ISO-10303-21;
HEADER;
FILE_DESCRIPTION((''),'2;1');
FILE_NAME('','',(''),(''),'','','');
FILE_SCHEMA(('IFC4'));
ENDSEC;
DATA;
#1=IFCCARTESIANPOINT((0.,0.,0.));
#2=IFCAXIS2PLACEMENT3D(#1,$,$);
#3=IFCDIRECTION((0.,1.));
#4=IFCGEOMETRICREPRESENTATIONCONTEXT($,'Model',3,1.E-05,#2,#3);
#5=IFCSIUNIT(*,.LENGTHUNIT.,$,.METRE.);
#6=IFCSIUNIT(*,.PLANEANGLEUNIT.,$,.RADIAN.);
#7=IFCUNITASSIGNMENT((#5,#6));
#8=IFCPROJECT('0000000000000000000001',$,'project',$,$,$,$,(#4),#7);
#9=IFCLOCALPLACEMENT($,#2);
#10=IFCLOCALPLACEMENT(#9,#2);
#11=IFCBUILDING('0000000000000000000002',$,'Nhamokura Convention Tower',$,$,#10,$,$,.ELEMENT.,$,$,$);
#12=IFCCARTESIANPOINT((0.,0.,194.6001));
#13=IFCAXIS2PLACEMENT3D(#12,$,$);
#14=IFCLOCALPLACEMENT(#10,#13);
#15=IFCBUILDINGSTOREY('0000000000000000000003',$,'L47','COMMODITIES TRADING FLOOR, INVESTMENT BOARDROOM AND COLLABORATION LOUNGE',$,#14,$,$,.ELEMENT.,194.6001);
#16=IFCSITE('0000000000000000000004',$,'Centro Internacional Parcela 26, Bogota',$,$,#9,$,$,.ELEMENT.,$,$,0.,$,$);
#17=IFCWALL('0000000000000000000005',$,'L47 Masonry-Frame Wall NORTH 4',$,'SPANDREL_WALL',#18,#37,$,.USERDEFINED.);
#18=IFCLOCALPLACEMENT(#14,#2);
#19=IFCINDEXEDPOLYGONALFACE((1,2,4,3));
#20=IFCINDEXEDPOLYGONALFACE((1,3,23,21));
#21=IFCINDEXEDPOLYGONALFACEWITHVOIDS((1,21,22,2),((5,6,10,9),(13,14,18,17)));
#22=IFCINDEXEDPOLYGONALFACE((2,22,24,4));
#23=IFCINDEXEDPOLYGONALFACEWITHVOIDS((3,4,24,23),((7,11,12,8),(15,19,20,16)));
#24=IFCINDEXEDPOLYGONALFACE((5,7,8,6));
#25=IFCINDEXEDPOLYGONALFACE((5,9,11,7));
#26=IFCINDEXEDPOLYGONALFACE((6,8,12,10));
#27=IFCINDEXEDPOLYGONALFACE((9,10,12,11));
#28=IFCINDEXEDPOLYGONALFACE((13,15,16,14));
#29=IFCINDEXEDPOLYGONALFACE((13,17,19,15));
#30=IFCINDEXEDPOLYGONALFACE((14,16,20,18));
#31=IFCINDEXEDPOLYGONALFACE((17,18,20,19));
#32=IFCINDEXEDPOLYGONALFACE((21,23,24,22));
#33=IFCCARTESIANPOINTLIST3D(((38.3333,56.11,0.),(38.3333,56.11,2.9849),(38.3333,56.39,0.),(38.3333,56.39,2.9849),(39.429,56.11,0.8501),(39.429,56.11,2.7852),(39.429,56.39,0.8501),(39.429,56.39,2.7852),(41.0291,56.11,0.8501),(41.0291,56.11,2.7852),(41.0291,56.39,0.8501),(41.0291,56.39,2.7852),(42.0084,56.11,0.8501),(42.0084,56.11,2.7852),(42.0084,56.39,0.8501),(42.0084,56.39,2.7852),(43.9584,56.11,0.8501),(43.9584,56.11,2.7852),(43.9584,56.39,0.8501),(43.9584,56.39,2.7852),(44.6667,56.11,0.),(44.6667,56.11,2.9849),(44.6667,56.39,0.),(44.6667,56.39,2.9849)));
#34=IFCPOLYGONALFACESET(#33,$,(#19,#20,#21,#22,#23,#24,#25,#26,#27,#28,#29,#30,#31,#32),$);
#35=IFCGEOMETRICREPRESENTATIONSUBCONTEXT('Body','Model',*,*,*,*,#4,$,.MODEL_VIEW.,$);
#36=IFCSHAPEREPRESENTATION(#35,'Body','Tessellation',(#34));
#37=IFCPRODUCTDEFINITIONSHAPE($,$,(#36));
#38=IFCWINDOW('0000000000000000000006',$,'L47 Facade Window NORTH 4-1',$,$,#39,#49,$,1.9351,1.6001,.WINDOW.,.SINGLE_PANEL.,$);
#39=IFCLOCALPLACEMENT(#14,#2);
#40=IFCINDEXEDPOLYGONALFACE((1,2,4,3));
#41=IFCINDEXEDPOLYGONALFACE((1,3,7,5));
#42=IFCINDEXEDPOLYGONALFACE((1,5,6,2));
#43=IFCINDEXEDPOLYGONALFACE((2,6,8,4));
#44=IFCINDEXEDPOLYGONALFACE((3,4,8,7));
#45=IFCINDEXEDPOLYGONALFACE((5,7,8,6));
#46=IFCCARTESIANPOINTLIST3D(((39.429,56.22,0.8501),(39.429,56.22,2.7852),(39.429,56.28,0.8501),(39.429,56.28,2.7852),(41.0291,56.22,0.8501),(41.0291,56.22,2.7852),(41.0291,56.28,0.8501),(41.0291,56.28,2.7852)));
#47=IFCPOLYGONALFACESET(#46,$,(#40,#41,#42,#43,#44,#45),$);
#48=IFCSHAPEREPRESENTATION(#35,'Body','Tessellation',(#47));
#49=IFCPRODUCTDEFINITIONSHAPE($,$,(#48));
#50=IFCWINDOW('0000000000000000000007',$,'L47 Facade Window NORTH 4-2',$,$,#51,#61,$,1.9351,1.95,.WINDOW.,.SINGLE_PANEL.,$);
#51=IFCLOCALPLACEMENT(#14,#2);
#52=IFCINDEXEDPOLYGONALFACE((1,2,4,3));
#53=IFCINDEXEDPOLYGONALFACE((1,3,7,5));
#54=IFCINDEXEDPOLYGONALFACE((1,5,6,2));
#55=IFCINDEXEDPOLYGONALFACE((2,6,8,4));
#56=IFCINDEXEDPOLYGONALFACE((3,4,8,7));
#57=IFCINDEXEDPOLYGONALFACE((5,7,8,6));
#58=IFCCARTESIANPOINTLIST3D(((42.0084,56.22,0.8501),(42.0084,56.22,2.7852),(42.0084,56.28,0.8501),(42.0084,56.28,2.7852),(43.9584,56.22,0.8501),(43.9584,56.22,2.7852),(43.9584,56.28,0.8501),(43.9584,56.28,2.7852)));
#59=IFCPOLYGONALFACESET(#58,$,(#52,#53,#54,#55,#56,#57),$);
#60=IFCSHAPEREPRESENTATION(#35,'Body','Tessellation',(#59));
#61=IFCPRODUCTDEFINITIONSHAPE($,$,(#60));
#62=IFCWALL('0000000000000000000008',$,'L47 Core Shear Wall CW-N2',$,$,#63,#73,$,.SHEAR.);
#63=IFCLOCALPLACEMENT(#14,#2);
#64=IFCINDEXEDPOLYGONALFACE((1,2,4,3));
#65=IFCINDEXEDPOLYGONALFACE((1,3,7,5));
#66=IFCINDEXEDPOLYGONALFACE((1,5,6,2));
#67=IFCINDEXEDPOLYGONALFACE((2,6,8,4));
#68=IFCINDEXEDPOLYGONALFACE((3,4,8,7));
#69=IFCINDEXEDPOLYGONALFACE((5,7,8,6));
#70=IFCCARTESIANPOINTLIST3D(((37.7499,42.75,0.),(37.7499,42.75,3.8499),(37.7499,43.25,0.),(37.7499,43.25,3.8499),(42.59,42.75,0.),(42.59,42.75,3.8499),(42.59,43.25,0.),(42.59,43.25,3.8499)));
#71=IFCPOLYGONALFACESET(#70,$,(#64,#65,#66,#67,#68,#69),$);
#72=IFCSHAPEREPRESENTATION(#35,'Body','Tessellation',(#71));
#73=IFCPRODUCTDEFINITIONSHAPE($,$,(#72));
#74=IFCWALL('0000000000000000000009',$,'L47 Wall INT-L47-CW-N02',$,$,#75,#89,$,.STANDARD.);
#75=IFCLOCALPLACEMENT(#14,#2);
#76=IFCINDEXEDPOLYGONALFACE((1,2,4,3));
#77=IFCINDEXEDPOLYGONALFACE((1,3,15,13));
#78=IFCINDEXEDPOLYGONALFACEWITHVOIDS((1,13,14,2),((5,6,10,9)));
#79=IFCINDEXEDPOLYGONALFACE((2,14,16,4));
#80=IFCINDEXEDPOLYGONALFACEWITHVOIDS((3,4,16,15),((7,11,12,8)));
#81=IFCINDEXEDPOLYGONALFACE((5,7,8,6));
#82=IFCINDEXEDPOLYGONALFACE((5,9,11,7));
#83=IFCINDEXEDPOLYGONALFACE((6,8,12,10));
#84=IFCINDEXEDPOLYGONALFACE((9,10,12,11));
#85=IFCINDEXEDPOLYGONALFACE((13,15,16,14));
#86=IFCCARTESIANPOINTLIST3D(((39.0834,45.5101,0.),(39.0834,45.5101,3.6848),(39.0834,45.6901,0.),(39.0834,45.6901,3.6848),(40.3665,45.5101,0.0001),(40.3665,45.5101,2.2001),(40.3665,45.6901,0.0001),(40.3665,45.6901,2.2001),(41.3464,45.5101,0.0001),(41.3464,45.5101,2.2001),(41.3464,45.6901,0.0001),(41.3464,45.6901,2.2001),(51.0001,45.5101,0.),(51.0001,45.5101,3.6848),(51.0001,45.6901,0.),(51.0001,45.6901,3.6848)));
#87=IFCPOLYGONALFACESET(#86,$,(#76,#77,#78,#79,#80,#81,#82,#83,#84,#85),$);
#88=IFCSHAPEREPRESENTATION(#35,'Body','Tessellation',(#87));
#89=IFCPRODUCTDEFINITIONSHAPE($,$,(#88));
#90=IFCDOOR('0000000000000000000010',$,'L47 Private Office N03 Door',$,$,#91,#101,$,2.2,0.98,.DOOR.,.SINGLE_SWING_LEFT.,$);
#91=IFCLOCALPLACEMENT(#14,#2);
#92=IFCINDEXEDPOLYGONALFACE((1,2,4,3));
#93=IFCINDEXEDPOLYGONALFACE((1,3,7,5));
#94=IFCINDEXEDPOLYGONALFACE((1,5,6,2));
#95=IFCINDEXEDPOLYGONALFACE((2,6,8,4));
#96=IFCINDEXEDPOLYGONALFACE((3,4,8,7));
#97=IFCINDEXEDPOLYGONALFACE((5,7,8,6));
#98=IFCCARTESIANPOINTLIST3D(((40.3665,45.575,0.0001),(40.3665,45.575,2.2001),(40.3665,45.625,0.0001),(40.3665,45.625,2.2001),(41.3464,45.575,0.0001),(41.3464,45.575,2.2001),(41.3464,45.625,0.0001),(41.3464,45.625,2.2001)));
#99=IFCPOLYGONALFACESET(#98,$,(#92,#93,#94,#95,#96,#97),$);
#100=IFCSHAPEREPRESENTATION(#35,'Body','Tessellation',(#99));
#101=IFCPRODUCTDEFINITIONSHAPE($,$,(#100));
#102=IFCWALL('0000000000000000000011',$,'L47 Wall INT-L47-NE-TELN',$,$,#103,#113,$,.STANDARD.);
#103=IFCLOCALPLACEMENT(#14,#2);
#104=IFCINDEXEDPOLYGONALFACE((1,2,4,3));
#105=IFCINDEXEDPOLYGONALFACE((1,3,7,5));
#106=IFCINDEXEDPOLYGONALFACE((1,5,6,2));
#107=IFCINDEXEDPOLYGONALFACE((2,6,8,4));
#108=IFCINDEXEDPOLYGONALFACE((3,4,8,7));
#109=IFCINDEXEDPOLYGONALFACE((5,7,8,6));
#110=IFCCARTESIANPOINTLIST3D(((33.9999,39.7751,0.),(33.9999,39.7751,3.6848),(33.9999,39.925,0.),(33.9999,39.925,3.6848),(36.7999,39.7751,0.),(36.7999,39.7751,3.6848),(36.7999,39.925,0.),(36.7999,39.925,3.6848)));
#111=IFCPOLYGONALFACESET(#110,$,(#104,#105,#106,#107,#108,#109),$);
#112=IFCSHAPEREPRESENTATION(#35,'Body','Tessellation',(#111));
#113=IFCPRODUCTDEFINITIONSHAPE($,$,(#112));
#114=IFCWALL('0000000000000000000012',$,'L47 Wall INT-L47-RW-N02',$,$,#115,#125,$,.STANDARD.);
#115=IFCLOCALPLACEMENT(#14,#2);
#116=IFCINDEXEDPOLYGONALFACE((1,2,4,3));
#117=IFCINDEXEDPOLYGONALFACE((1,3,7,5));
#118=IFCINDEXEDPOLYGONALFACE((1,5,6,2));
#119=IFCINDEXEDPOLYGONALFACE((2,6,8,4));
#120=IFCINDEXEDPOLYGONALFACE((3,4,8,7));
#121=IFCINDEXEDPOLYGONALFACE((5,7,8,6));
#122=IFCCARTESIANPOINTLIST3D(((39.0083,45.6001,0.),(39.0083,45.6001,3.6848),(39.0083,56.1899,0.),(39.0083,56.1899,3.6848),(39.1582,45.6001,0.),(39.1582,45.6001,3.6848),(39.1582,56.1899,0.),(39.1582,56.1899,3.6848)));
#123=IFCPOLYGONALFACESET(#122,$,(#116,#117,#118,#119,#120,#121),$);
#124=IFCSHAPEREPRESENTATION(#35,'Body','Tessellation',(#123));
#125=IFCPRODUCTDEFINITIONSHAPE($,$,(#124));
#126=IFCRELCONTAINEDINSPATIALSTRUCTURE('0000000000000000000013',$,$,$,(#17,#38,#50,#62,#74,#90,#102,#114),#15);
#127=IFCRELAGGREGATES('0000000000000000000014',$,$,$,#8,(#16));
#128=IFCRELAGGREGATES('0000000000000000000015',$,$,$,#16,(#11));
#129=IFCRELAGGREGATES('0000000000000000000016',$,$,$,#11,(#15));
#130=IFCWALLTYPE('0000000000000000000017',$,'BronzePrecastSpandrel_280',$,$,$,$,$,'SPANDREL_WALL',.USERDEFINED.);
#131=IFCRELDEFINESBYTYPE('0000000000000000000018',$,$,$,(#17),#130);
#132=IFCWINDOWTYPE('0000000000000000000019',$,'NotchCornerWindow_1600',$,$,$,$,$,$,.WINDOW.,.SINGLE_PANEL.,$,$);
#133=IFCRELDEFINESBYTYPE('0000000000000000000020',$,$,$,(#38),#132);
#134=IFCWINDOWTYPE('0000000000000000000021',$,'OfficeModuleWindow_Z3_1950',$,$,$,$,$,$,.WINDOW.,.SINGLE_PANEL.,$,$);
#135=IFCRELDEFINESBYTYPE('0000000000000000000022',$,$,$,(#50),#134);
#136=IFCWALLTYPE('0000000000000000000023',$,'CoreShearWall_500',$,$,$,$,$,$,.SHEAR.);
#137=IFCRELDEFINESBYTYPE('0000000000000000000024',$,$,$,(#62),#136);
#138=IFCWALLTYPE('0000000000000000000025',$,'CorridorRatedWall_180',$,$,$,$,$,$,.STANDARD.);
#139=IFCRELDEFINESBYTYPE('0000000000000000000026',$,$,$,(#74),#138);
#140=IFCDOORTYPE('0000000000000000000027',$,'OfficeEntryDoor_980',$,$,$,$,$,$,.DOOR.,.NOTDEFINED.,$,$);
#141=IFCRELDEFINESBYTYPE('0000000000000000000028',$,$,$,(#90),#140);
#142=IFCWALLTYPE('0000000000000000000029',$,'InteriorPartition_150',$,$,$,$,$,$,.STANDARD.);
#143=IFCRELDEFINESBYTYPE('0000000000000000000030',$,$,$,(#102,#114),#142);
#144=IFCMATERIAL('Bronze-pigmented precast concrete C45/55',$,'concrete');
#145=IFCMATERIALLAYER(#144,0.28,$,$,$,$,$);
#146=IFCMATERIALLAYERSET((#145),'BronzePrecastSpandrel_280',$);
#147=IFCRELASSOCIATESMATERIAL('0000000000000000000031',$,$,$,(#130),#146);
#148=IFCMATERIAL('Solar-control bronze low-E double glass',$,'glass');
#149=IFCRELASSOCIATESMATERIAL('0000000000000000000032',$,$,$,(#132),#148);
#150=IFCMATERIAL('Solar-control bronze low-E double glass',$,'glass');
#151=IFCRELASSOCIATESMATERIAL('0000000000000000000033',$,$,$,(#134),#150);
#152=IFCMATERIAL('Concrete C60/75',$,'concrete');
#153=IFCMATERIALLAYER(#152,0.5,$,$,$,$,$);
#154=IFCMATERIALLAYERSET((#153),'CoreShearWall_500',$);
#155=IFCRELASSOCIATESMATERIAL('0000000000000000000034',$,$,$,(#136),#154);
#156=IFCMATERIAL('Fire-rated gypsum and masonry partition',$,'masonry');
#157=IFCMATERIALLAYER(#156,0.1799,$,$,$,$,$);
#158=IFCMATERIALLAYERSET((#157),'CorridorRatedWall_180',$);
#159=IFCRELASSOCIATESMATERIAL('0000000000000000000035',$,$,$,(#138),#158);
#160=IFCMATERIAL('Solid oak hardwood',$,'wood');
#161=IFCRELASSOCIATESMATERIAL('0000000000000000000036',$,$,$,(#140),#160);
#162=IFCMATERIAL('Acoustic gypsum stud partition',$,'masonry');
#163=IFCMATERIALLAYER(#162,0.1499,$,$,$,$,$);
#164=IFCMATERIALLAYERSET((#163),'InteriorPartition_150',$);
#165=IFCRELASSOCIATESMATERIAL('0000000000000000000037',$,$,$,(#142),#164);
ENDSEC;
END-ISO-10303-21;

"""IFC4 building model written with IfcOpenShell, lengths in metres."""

from ifc_helpers import new_model, si_unit, direction, frame, frame_2d, origin, place, context, subcontext, project, spatial, rectangle, extrude, material, layer, layer_set, type_object, element, fill, save


model = new_model("IFC4")

# Units and contexts
model_context = context("Model", 3, precision=1e-05, world=origin(), true_north=direction((0.0, 1.0)))
body_context = subcontext(model_context, "Body", "Model", "MODEL_VIEW")
ifc_project = project(units=[si_unit("LENGTHUNIT", "METRE"), si_unit("PLANEANGLEUNIT", "RADIAN")], contexts=[model_context])

# Site, building, storey
site_placement = place(None, origin())
site = spatial("IfcSite", under=ifc_project, at=site_placement, Name="Centro Internacional Parcela 26, Bogota", CompositionType="ELEMENT", RefElevation=0.0)
building_placement = place(site_placement, origin())
building = spatial("IfcBuilding", under=site, at=building_placement, Name="Nhamokura Convention Tower", CompositionType="ELEMENT")
storey_placement = place(building_placement, frame((0.0, 0.0, 194.6001)))
storey = spatial("IfcBuildingStorey", under=building, at=storey_placement, Name="L47", Description="COMMODITIES TRADING FLOOR, INVESTMENT BOARDROOM AND COLLABORATION LOUNGE", CompositionType="ELEMENT", Elevation=194.6001)

# Shared definitions
ifc_material_1 = material(Name="Bronze-pigmented precast concrete C45/55", Category="concrete")
ifc_layer_1 = layer(ifc_material_1, 0.28)
ifc_layer_set_1 = layer_set([ifc_layer_1], Name="BronzePrecastSpandrel_280")
wall_type_1 = type_object("IfcWallType", Name="BronzePrecastSpandrel_280", ElementType="SPANDREL_WALL", PredefinedType="USERDEFINED", material=ifc_layer_set_1)

# Wall, openings, windows
wall_1_placement = place(storey_placement, frame((38.3333, 56.25, 0.0), z_axis=(0.0, 0.0, 1.0), x_axis=(1.0, 0.0, 0.0)))
wall_1 = element("IfcWall", 1, at=wall_1_placement, inside=storey, type_object=wall_type_1, Name="L47 Masonry-Frame Wall NORTH 4", ObjectType="SPANDREL_WALL", PredefinedType="USERDEFINED", context=body_context, shape_type="SweptSolid", body=[
    extrude(rectangle(XDim=6.3335, YDim=0.28, at=frame_2d((3.1667, 0.0))), origin(), (0.0, 0.0, 1.0), 2.9849),
])
opening_1_placement = place(wall_1_placement, frame((1.0957, 0.0, 0.8501)))
opening_1 = element("IfcOpeningElement", 2, at=opening_1_placement, cuts=wall_1, PredefinedType="OPENING", context=body_context, shape_type="SweptSolid", body=[
    extrude(rectangle(XDim=1.6001, YDim=1.9351, at=frame_2d((0.8, 0.9675))), frame((0.0, 0.1499, 0.0), z_axis=(0.0, -1.0, 0.0), x_axis=(1.0, 0.0, 0.0)), (0.0, 0.0, 1.0), 0.3),
])
opening_2_placement = place(wall_1_placement, frame((3.675, 0.0, 0.8501)))
opening_2 = element("IfcOpeningElement", 3, at=opening_2_placement, cuts=wall_1, PredefinedType="OPENING", context=body_context, shape_type="SweptSolid", body=[
    extrude(rectangle(XDim=1.95, YDim=1.9351, at=frame_2d((0.9751, 0.9675))), frame((0.0, 0.1499, 0.0), z_axis=(0.0, -1.0, 0.0), x_axis=(1.0, 0.0, 0.0)), (0.0, 0.0, 1.0), 0.3),
])
ifc_material_2 = material(Name="Solar-control bronze low-E double glass", Category="glass")
window_type_1 = type_object("IfcWindowType", Name="NotchCornerWindow_1600", PartitioningType="SINGLE_PANEL", PredefinedType="WINDOW", material=ifc_material_2)
window_1_placement = place(opening_1_placement, origin())
window_1 = element("IfcWindow", 4, at=window_1_placement, inside=storey, type_object=window_type_1, Name="L47 Facade Window NORTH 4-1", OverallHeight=1.9351, OverallWidth=1.6001, PartitioningType="SINGLE_PANEL", PredefinedType="WINDOW", context=body_context, shape_type="SweptSolid", body=[
    extrude(rectangle(XDim=1.6001, YDim=1.9351, at=frame_2d((0.8, 0.9675))), frame((0.0, 0.03, 0.0), z_axis=(0.0, -1.0, 0.0), x_axis=(1.0, 0.0, 0.0)), (0.0, 0.0, 1.0), 0.0601),
])
fill(opening_1, window_1)
ifc_material_3 = material(Name="Solar-control bronze low-E double glass", Category="glass")
window_type_2 = type_object("IfcWindowType", Name="OfficeModuleWindow_Z3_1950", PartitioningType="SINGLE_PANEL", PredefinedType="WINDOW", material=ifc_material_3)
window_2_placement = place(opening_2_placement, origin())
window_2 = element("IfcWindow", 5, at=window_2_placement, inside=storey, type_object=window_type_2, Name="L47 Facade Window NORTH 4-2", OverallHeight=1.9351, OverallWidth=1.95, PartitioningType="SINGLE_PANEL", PredefinedType="WINDOW", context=body_context, shape_type="SweptSolid", body=[
    extrude(rectangle(XDim=1.95, YDim=1.9351, at=frame_2d((0.9751, 0.9675))), frame((0.0, 0.03, 0.0), z_axis=(0.0, -1.0, 0.0), x_axis=(1.0, 0.0, 0.0)), (0.0, 0.0, 1.0), 0.0601),
])
fill(opening_2, window_2)

# Wall
ifc_material_4 = material(Name="Concrete C60/75", Category="concrete")
ifc_layer_2 = layer(ifc_material_4, 0.5)
ifc_layer_set_2 = layer_set([ifc_layer_2], Name="CoreShearWall_500")
wall_type_2 = type_object("IfcWallType", Name="CoreShearWall_500", PredefinedType="SHEAR", material=ifc_layer_set_2)
wall_2_placement = place(storey_placement, frame((37.75, 43.0, 0.0), z_axis=(0.0, 0.0, 1.0), x_axis=(1.0, 0.0, 0.0)))
element("IfcWall", 6, at=wall_2_placement, inside=storey, type_object=wall_type_2, Name="L47 Core Shear Wall CW-N2", PredefinedType="SHEAR", context=body_context, shape_type="SweptSolid", body=[
    extrude(rectangle(XDim=4.8401, YDim=0.5, at=frame_2d((2.4199, 0.0))), origin(), (0.0, 0.0, 1.0), 3.8499),
])

# Wall, opening, door
ifc_material_5 = material(Name="Fire-rated gypsum and masonry partition", Category="masonry")
ifc_layer_3 = layer(ifc_material_5, 0.1799)
ifc_layer_set_3 = layer_set([ifc_layer_3], Name="CorridorRatedWall_180")
wall_type_3 = type_object("IfcWallType", Name="CorridorRatedWall_180", PredefinedType="STANDARD", material=ifc_layer_set_3)
wall_3_placement = place(storey_placement, frame((39.0833, 45.6001, 0.0), z_axis=(0.0, 0.0, 1.0), x_axis=(1.0, 0.0, 0.0)))
wall_3 = element("IfcWall", 7, at=wall_3_placement, inside=storey, type_object=wall_type_3, Name="L47 Wall INT-L47-CW-N02", PredefinedType="STANDARD", context=body_context, shape_type="SweptSolid", body=[
    extrude(rectangle(XDim=11.9167, YDim=0.1799, at=frame_2d((5.9585, 0.0))), origin(), (0.0, 0.0, 1.0), 3.6848),
])
opening_3_placement = place(wall_3_placement, frame((1.2832, 0.0, 0.0)))
opening_3 = element("IfcOpeningElement", 8, at=opening_3_placement, cuts=wall_3, PredefinedType="OPENING", context=body_context, shape_type="SweptSolid", body=[
    extrude(rectangle(XDim=0.98, YDim=2.2, at=frame_2d((0.49, 1.1001))), frame((0.0, 0.0999, 0.0), z_axis=(0.0, -1.0, 0.0), x_axis=(1.0, 0.0, 0.0)), (0.0, 0.0, 1.0), 0.2),
])
ifc_material_6 = material(Name="Solid oak hardwood", Category="wood")
door_type_1 = type_object("IfcDoorType", Name="OfficeEntryDoor_980", OperationType="NOTDEFINED", PredefinedType="DOOR", material=ifc_material_6)
door_1_placement = place(opening_3_placement, origin())
door_1 = element("IfcDoor", 9, at=door_1_placement, inside=storey, type_object=door_type_1, Name="L47 Private Office N03 Door", OperationType="SINGLE_SWING_LEFT", OverallHeight=2.2, OverallWidth=0.98, PredefinedType="DOOR", context=body_context, shape_type="SweptSolid", body=[
    extrude(rectangle(XDim=0.98, YDim=2.2, at=frame_2d((0.49, 1.1001))), frame((0.0, 0.0249, 0.0), z_axis=(0.0, -1.0, 0.0), x_axis=(1.0, 0.0, 0.0)), (0.0, 0.0, 1.0), 0.05),
])
fill(opening_3, door_1)

# Walls
ifc_material_7 = material(Name="Acoustic gypsum stud partition", Category="masonry")
ifc_layer_4 = layer(ifc_material_7, 0.1499)
ifc_layer_set_4 = layer_set([ifc_layer_4], Name="InteriorPartition_150")
wall_type_4 = type_object("IfcWallType", Name="InteriorPartition_150", PredefinedType="STANDARD", material=ifc_layer_set_4)
wall_4_placement = place(storey_placement, frame((34.0, 39.8501, 0.0), z_axis=(0.0, 0.0, 1.0), x_axis=(1.0, 0.0, 0.0)))
element("IfcWall", 10, at=wall_4_placement, inside=storey, type_object=wall_type_4, Name="L47 Wall INT-L47-NE-TELN", PredefinedType="STANDARD", context=body_context, shape_type="SweptSolid", body=[
    extrude(rectangle(XDim=2.8, YDim=0.1499, at=frame_2d((1.3999, 0.0))), origin(), (0.0, 0.0, 1.0), 3.6848),
])
wall_5_placement = place(storey_placement, frame((39.0833, 45.6001, 0.0), z_axis=(0.0, 0.0, 1.0), x_axis=(0.0, 1.0, 0.0)))
element("IfcWall", 11, at=wall_5_placement, inside=storey, type_object=wall_type_4, Name="L47 Wall INT-L47-RW-N02", PredefinedType="STANDARD", context=body_context, shape_type="SweptSolid", body=[
    extrude(rectangle(XDim=10.5898, YDim=0.1499, at=frame_2d((5.2949, 0.0))), origin(), (0.0, 0.0, 1.0), 3.6848),
])

save(model, "model.ifc")
